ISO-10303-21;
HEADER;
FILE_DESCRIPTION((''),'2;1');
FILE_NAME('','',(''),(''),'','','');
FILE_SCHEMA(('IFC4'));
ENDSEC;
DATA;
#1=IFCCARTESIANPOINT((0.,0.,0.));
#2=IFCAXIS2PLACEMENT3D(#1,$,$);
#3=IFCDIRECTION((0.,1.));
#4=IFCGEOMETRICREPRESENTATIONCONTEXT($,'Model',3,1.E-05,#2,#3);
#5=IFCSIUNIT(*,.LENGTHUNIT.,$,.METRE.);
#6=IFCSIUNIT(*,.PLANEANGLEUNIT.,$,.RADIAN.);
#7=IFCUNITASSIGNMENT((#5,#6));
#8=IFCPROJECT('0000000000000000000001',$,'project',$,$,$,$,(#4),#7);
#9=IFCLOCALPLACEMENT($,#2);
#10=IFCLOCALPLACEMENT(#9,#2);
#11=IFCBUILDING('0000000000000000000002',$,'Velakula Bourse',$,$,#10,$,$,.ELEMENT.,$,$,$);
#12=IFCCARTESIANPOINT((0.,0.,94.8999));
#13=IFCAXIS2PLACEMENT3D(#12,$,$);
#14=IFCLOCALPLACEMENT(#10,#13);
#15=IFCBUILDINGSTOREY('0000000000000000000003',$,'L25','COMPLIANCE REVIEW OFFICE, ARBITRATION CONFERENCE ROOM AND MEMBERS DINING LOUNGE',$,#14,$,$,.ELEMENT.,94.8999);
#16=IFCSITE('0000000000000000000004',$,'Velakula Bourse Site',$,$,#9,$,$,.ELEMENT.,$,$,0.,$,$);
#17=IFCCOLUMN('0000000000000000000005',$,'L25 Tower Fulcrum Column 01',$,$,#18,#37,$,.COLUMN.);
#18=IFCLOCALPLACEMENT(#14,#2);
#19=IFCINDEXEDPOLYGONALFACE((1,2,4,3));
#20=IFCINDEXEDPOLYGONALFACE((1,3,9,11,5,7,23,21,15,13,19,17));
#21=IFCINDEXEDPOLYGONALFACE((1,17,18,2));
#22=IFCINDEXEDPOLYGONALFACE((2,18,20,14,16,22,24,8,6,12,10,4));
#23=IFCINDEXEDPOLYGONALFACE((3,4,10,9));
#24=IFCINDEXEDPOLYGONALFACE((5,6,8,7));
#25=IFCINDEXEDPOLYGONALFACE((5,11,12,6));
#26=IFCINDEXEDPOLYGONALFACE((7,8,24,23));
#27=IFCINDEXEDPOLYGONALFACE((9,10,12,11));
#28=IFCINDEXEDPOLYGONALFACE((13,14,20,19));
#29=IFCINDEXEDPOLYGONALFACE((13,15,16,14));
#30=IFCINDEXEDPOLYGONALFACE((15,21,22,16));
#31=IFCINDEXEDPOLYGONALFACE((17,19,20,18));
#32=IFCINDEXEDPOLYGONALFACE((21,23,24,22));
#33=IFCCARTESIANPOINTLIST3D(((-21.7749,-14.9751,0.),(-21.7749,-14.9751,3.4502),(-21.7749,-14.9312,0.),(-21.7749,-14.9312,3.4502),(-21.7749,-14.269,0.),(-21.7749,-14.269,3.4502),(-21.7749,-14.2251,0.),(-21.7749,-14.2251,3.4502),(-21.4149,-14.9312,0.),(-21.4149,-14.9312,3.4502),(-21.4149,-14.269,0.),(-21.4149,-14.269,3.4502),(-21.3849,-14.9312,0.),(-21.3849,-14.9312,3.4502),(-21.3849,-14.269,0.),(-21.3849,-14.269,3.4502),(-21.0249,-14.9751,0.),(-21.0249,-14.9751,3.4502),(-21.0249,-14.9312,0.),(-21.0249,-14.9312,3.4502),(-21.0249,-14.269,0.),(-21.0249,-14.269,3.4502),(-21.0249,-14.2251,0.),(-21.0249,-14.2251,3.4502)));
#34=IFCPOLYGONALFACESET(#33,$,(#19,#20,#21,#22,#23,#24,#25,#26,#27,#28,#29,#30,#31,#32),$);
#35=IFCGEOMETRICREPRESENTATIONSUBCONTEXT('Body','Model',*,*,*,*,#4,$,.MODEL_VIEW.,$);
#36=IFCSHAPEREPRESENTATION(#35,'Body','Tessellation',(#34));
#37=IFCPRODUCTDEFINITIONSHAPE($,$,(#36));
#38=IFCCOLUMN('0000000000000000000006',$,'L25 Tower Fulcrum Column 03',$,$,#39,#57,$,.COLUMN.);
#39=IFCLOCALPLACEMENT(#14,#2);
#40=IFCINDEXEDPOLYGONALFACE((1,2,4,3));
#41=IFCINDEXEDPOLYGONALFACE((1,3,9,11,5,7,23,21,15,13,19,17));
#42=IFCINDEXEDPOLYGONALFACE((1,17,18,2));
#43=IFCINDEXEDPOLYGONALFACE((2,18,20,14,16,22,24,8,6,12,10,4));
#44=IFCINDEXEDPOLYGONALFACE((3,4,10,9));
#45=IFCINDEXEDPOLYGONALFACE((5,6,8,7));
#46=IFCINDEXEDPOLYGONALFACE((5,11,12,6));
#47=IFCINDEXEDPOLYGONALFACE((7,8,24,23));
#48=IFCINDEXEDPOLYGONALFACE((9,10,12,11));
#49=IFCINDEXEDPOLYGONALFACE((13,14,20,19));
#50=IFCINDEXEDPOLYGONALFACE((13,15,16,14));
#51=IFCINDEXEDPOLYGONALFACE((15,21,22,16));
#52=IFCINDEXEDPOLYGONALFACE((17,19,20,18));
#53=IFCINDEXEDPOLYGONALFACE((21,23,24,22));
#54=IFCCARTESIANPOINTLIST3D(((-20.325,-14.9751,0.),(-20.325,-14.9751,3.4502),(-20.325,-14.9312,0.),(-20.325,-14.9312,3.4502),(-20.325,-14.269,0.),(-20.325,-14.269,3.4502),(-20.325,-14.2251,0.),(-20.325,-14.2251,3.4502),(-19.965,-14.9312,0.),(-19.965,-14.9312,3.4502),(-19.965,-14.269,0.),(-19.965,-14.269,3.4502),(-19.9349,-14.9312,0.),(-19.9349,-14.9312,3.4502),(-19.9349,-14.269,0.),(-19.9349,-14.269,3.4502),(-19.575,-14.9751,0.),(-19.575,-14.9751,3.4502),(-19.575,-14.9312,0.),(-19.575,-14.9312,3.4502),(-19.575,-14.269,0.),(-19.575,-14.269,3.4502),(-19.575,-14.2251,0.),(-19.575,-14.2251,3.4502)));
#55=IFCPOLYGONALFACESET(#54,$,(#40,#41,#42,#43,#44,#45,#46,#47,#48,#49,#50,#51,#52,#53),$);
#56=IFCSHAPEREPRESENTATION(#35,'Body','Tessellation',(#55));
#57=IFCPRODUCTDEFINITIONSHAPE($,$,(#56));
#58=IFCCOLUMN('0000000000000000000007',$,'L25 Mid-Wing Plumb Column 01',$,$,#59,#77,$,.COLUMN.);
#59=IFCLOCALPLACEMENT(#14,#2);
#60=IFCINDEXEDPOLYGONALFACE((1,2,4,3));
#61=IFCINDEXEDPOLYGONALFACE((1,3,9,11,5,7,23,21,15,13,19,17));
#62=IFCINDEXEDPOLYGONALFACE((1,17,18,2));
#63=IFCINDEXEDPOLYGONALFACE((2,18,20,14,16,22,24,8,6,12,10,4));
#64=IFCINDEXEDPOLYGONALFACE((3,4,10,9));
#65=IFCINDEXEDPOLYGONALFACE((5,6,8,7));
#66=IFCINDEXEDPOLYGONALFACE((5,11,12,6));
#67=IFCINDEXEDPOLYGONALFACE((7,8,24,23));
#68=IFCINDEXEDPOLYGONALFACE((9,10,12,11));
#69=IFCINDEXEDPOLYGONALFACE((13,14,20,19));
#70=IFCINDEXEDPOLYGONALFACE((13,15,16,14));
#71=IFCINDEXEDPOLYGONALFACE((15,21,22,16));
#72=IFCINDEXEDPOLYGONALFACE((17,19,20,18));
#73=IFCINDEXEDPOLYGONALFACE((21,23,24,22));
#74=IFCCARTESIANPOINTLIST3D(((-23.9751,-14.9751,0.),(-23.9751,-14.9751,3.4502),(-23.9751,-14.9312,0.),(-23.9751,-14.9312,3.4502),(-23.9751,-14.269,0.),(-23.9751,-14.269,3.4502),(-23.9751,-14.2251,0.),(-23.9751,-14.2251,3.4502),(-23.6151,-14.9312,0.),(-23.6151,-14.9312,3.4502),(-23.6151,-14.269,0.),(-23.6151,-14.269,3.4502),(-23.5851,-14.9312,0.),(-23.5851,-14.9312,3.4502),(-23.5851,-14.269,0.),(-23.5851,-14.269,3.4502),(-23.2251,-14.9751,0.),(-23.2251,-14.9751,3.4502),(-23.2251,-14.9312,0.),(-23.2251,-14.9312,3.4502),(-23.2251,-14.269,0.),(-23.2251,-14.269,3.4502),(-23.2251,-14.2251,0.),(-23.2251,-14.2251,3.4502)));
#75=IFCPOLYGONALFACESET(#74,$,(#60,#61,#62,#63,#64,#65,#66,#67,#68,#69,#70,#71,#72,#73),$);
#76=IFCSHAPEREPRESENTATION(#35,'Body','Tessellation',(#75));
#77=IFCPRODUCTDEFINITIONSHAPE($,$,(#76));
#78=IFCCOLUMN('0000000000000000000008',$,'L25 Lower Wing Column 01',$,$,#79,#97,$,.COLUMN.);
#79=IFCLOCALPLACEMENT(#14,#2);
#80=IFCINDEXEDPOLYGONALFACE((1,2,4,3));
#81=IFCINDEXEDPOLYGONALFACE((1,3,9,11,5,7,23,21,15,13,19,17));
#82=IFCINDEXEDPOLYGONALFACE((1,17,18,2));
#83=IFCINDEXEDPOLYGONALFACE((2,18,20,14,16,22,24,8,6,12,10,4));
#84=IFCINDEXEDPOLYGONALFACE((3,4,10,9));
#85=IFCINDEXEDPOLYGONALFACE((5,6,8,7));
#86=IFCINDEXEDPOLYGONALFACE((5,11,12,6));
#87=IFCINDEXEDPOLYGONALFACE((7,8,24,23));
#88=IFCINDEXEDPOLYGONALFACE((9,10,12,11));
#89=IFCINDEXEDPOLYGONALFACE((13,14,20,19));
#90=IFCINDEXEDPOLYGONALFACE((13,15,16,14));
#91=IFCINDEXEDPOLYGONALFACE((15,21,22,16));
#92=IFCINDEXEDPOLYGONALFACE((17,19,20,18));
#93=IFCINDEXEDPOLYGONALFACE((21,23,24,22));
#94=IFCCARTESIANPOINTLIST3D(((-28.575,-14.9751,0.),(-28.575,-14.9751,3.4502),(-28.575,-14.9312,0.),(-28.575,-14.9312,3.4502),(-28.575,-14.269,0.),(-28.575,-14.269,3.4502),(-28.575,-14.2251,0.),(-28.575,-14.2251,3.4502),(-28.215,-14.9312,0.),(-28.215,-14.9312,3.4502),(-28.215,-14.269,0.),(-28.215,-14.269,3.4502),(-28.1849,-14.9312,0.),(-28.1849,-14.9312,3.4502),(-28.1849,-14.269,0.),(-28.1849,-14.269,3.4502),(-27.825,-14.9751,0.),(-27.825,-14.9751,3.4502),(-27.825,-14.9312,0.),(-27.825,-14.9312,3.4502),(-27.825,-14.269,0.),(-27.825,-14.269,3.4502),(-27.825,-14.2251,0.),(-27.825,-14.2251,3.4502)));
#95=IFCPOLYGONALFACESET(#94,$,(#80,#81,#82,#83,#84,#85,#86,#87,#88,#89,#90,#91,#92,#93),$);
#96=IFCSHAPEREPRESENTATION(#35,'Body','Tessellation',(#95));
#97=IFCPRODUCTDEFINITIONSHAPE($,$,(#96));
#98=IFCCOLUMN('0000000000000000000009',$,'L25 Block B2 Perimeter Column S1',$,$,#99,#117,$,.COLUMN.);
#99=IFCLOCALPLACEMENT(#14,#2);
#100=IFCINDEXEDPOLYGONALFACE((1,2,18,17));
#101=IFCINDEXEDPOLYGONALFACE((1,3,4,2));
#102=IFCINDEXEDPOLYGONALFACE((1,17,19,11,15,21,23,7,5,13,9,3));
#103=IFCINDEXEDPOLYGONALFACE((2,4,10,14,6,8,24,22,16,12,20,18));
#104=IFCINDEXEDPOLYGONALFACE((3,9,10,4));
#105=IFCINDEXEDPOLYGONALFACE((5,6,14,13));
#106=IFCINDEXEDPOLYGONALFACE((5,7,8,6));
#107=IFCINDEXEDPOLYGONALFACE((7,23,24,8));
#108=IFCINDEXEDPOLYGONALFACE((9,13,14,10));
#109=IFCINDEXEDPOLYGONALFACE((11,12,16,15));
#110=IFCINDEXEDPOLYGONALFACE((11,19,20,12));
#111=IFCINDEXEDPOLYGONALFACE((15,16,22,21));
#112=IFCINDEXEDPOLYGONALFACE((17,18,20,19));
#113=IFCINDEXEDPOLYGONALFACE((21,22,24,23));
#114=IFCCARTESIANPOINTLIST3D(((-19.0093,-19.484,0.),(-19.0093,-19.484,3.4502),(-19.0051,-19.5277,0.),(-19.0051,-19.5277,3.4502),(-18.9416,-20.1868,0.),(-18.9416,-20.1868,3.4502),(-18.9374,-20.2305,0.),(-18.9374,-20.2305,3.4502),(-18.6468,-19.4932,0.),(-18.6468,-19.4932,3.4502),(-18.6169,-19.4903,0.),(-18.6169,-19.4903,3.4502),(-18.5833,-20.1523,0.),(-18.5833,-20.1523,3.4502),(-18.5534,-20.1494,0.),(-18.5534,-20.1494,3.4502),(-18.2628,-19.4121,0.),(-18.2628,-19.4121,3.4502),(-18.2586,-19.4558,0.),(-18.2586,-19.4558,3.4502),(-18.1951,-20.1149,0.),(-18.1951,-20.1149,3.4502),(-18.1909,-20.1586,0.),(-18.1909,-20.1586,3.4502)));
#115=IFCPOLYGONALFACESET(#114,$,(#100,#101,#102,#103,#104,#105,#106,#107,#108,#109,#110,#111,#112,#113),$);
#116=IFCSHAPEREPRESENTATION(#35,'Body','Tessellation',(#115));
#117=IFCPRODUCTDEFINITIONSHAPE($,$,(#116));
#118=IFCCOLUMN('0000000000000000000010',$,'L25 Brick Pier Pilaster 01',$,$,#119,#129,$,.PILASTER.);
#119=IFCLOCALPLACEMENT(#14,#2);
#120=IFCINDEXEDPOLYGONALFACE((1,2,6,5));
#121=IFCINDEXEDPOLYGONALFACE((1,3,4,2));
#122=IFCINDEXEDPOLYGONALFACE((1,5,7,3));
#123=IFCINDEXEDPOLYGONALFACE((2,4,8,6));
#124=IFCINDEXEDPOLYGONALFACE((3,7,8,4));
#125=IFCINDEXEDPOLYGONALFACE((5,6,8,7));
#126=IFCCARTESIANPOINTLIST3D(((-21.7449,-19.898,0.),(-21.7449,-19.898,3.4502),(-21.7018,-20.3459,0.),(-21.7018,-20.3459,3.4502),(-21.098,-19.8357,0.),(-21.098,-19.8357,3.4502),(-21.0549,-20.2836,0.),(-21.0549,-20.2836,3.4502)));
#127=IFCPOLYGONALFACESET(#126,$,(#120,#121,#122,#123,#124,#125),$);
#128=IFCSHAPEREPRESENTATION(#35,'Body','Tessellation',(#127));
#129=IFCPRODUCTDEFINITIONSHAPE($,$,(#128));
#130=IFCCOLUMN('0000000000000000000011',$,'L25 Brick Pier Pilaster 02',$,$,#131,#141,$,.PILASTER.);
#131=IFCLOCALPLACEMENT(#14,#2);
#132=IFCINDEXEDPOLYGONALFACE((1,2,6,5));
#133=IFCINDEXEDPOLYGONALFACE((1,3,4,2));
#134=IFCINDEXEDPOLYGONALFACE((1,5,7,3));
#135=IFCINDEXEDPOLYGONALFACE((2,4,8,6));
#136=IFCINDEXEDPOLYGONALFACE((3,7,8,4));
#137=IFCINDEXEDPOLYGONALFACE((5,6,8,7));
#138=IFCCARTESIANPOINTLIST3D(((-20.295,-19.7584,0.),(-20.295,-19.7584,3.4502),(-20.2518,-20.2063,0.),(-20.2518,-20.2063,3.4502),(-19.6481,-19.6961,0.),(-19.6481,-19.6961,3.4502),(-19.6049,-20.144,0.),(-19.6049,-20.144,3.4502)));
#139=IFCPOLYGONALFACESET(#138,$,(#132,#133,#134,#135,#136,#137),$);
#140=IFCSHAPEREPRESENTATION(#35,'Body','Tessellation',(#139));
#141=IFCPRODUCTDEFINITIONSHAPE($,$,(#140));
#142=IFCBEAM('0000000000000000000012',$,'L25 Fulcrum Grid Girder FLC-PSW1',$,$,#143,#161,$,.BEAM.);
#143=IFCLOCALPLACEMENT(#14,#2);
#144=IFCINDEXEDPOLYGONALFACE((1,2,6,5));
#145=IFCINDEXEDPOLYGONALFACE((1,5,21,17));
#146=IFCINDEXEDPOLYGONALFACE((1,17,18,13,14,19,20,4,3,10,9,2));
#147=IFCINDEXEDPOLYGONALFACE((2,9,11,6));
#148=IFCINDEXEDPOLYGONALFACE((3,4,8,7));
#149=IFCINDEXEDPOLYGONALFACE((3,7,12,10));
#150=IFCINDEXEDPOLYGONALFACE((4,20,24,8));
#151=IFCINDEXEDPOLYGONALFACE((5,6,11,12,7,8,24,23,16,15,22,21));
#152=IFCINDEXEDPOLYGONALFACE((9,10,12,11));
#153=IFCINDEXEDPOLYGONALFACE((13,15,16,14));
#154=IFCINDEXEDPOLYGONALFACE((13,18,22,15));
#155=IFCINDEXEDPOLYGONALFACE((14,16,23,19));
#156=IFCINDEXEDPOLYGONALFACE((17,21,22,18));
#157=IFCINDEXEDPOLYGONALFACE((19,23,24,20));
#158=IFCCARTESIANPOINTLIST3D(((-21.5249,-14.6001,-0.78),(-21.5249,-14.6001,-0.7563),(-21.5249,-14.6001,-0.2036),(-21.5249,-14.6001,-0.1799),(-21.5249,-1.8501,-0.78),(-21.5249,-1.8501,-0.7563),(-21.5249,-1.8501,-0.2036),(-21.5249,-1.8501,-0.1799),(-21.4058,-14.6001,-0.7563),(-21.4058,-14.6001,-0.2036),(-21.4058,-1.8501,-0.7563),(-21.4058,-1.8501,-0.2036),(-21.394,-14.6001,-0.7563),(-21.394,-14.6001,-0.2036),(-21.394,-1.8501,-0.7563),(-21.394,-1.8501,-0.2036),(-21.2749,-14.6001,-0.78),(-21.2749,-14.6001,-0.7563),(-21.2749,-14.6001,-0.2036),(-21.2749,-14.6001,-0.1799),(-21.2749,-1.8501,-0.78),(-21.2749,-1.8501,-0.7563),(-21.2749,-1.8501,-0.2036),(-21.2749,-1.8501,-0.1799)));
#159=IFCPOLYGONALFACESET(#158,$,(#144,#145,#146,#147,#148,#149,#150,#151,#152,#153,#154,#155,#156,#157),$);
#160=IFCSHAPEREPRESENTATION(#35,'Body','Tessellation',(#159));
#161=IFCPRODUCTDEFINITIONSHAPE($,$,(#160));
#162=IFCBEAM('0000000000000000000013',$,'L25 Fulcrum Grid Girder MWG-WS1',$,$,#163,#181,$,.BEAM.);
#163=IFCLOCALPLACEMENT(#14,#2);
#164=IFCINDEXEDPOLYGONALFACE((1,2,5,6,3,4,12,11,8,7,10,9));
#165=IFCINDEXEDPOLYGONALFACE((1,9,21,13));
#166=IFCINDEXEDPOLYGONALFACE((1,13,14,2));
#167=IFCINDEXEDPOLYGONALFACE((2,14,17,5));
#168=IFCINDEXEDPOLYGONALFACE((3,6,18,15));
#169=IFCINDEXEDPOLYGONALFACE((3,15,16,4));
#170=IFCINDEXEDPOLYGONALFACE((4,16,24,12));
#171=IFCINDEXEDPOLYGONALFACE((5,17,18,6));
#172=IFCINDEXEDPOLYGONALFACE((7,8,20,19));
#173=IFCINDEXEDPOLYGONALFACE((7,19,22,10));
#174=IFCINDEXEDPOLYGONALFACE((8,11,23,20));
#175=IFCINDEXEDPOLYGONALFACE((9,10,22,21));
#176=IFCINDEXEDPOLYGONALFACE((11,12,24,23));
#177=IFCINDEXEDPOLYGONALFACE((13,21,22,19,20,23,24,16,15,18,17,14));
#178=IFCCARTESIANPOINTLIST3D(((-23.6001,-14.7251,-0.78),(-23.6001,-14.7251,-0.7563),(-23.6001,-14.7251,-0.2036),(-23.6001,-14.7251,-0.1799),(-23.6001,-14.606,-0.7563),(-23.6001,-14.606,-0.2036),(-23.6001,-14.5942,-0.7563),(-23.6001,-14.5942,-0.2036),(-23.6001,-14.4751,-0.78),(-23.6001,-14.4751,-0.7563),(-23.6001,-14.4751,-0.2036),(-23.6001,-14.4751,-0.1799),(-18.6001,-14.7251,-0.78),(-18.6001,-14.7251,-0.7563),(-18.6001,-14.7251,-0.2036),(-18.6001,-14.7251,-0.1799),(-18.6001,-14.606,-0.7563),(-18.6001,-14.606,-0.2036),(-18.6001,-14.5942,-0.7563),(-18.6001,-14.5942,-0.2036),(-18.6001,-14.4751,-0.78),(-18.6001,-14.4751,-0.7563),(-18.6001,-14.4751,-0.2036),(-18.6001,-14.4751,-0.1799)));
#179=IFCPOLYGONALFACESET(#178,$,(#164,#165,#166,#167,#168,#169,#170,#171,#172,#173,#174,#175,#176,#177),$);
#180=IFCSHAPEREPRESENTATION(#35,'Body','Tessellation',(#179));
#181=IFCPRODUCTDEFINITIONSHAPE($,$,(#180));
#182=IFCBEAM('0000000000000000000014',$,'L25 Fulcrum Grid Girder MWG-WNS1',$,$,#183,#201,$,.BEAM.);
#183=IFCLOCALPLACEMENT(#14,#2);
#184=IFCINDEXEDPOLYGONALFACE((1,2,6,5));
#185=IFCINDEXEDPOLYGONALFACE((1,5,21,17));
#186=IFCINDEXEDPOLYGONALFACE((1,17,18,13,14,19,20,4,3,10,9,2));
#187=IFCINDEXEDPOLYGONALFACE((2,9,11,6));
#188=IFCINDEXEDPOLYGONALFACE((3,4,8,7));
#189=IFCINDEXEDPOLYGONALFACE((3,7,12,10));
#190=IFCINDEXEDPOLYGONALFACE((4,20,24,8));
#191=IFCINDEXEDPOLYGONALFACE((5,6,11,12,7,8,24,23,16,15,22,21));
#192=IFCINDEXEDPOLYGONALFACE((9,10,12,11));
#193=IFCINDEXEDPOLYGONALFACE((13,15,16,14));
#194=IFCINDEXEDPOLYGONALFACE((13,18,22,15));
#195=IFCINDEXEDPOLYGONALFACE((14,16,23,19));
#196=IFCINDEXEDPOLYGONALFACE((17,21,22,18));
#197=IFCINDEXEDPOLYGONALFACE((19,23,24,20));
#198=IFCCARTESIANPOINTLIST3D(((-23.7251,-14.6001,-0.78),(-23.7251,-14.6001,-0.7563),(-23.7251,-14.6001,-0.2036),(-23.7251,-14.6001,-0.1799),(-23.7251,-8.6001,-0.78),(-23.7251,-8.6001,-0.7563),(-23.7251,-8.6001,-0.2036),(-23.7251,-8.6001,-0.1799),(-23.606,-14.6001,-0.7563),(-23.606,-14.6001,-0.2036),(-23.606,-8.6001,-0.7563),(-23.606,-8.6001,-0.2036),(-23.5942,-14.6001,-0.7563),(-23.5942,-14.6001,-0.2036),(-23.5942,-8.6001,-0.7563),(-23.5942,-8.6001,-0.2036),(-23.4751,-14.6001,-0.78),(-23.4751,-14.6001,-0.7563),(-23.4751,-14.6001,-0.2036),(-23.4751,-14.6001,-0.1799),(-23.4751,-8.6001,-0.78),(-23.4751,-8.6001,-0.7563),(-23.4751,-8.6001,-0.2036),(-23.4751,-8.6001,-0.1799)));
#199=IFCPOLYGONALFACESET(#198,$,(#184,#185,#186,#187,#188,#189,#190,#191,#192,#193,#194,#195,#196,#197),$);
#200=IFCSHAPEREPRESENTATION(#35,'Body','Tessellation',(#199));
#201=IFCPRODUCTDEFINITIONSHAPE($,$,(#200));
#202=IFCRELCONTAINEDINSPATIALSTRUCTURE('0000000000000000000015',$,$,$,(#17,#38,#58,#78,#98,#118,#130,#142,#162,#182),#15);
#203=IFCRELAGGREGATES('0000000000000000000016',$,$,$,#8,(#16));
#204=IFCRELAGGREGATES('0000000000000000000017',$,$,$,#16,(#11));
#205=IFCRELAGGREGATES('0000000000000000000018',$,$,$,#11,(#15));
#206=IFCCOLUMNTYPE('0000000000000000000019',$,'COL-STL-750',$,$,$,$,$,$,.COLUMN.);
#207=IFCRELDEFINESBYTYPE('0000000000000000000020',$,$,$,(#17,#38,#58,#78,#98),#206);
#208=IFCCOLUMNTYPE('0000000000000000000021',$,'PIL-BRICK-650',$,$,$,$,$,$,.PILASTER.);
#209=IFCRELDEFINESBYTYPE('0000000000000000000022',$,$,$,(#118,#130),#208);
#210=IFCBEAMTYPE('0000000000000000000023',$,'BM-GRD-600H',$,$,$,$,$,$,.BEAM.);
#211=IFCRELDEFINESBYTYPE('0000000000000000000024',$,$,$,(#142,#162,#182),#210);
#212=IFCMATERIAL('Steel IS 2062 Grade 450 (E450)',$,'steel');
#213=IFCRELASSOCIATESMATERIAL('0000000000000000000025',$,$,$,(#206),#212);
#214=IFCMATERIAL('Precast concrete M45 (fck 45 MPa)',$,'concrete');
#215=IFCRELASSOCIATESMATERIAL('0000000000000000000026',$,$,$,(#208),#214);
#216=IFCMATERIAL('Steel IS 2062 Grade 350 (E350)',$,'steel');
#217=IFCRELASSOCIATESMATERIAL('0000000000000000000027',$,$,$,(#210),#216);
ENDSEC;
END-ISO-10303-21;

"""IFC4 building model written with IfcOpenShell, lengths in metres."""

from ifc_helpers import new_model, si_unit, direction, frame, origin, origin_2d, place, context, subcontext, project, spatial, rectangle, i_section, extrude, material, material_profile, profile_set, type_object, element, save


model = new_model("IFC4")

# Units and contexts
model_context = context("Model", 3, precision=1e-05, world=origin(), true_north=direction((0.0, 1.0)))
body_context = subcontext(model_context, "Body", "Model", "MODEL_VIEW")
ifc_project = project(units=[si_unit("LENGTHUNIT", "METRE"), si_unit("PLANEANGLEUNIT", "RADIAN")], contexts=[model_context])

# Site, building, storey
site_placement = place(None, origin())
site = spatial("IfcSite", under=ifc_project, at=site_placement, Name="Velakula Bourse Site", CompositionType="ELEMENT", RefElevation=0.0)
building_placement = place(site_placement, origin())
building = spatial("IfcBuilding", under=site, at=building_placement, Name="Velakula Bourse", CompositionType="ELEMENT")
storey_placement = place(building_placement, frame((0.0, 0.0, 94.8999)))
storey = spatial("IfcBuildingStorey", under=building, at=storey_placement, Name="L25", Description="COMPLIANCE REVIEW OFFICE, ARBITRATION CONFERENCE ROOM AND MEMBERS DINING LOUNGE", CompositionType="ELEMENT", Elevation=94.8999)

# Columns
ifc_material_1 = material(Name="Steel IS 2062 Grade 450 (E450)", Category="steel")
ifc_material_profile_1 = material_profile(ifc_material_1, i_section(OverallWidth=0.75, OverallDepth=0.75, WebThickness=0.03, FlangeThickness=0.0439, at=origin_2d()), Name="Steel IS 2062 Grade 450 (E450)")
ifc_profile_set_1 = profile_set([ifc_material_profile_1], Name="Steel IS 2062 Grade 450 (E450)")
column_type_1 = type_object("IfcColumnType", Name="COL-STL-750", PredefinedType="COLUMN", material=ifc_profile_set_1)
for number, where, z_axis, x_axis, name in (
    (1, (-21.3999, -14.6001, 0.0), (0.0, 0.0, 1.0), (1.0, 0.0, 0.0), "L25 Tower Fulcrum Column 01"),
    (2, (-19.95, -14.6001, 0.0), (0.0, 0.0, 1.0), (1.0, 0.0, 0.0), "L25 Tower Fulcrum Column 03"),
    (3, (-23.6001, -14.6001, 0.0), (0.0, 0.0, 1.0), (1.0, 0.0, 0.0), "L25 Mid-Wing Plumb Column 01"),
    (4, (-28.2, -14.6001, 0.0), (0.0, 0.0, 1.0), (1.0, 0.0, 0.0), "L25 Lower Wing Column 01"),
    (5, (-18.6001, -19.8213, 0.0), (0.0, 0.0, 1.0), (0.995396, 0.095846, 0.0), "L25 Block B2 Perimeter Column S1"),
):
    element("IfcColumn", number, at=place(storey_placement, frame(where, z_axis=z_axis, x_axis=x_axis)), inside=storey, type_object=column_type_1, Name=name, PredefinedType="COLUMN", context=body_context, shape_type="SweptSolid", body=[
        extrude(i_section(OverallWidth=0.75, OverallDepth=0.75, WebThickness=0.03, FlangeThickness=0.0439, at=origin_2d()), origin(), (0.0, 0.0, 1.0), 3.4502),
    ])
ifc_material_2 = material(Name="Precast concrete M45 (fck 45 MPa)", Category="concrete")
ifc_material_profile_2 = material_profile(ifc_material_2, rectangle(XDim=0.6499, YDim=0.45, at=origin_2d()), Name="Precast concrete M45 (fck 45 MPa)")
ifc_profile_set_2 = profile_set([ifc_material_profile_2], Name="Precast concrete M45 (fck 45 MPa)")
column_type_2 = type_object("IfcColumnType", Name="PIL-BRICK-650", PredefinedType="PILASTER", material=ifc_profile_set_2)
for number, where, z_axis, x_axis, name in (
    (6, (-21.3999, -20.0908, 0.0), (0.0, 0.0, 1.0), (0.995396, 0.095846, 0.0), "L25 Brick Pier Pilaster 01"),
    (7, (-19.95, -19.9512, 0.0), (0.0, 0.0, 1.0), (0.995396, 0.095846, 0.0), "L25 Brick Pier Pilaster 02"),
):
    element("IfcColumn", number, at=place(storey_placement, frame(where, z_axis=z_axis, x_axis=x_axis)), inside=storey, type_object=column_type_2, Name=name, PredefinedType="PILASTER", context=body_context, shape_type="SweptSolid", body=[
        extrude(rectangle(XDim=0.6499, YDim=0.45, at=origin_2d()), origin(), (0.0, 0.0, 1.0), 3.4502),
    ])

# Beams
ifc_material_3 = material(Name="Steel IS 2062 Grade 350 (E350)", Category="steel")
ifc_material_profile_3 = material_profile(ifc_material_3, i_section(OverallWidth=0.25, OverallDepth=0.6001, WebThickness=0.0117, FlangeThickness=0.0237, at=origin_2d()), Name="Steel IS 2062 Grade 350 (E350)")
ifc_profile_set_3 = profile_set([ifc_material_profile_3], Name="Steel IS 2062 Grade 350 (E350)")
beam_type_1 = type_object("IfcBeamType", Name="BM-GRD-600H", PredefinedType="BEAM", material=ifc_profile_set_3)
beam_1_placement = place(storey_placement, frame((-21.3999, -14.6001, -0.48), z_axis=(0.0, 1.0, 0.0), x_axis=(-1.0, 0.0, 0.0)))
element("IfcBeam", 8, at=beam_1_placement, inside=storey, type_object=beam_type_1, Name="L25 Fulcrum Grid Girder FLC-PSW1", PredefinedType="BEAM", context=body_context, shape_type="SweptSolid", body=[
    extrude(i_section(OverallWidth=0.25, OverallDepth=0.6001, WebThickness=0.0117, FlangeThickness=0.0237, at=origin_2d()), origin(), (0.0, 0.0, 1.0), 12.75),
])
beam_2_placement = place(storey_placement, frame((-23.6001, -14.6001, -0.48), z_axis=(1.0, 0.0, 0.0), x_axis=(0.0, 1.0, 0.0)))
element("IfcBeam", 9, at=beam_2_placement, inside=storey, type_object=beam_type_1, Name="L25 Fulcrum Grid Girder MWG-WS1", PredefinedType="BEAM", context=body_context, shape_type="SweptSolid", body=[
    extrude(i_section(OverallWidth=0.25, OverallDepth=0.6001, WebThickness=0.0117, FlangeThickness=0.0237, at=origin_2d()), origin(), (0.0, 0.0, 1.0), 5.0),
])
beam_3_placement = place(storey_placement, frame((-23.6001, -14.6001, -0.48), z_axis=(0.0, 1.0, 0.0), x_axis=(-1.0, 0.0, 0.0)))
element("IfcBeam", 10, at=beam_3_placement, inside=storey, type_object=beam_type_1, Name="L25 Fulcrum Grid Girder MWG-WNS1", PredefinedType="BEAM", context=body_context, shape_type="SweptSolid", body=[
    extrude(i_section(OverallWidth=0.25, OverallDepth=0.6001, WebThickness=0.0117, FlangeThickness=0.0237, at=origin_2d()), origin(), (0.0, 0.0, 1.0), 6.0),
])

save(model, "model.ifc")
